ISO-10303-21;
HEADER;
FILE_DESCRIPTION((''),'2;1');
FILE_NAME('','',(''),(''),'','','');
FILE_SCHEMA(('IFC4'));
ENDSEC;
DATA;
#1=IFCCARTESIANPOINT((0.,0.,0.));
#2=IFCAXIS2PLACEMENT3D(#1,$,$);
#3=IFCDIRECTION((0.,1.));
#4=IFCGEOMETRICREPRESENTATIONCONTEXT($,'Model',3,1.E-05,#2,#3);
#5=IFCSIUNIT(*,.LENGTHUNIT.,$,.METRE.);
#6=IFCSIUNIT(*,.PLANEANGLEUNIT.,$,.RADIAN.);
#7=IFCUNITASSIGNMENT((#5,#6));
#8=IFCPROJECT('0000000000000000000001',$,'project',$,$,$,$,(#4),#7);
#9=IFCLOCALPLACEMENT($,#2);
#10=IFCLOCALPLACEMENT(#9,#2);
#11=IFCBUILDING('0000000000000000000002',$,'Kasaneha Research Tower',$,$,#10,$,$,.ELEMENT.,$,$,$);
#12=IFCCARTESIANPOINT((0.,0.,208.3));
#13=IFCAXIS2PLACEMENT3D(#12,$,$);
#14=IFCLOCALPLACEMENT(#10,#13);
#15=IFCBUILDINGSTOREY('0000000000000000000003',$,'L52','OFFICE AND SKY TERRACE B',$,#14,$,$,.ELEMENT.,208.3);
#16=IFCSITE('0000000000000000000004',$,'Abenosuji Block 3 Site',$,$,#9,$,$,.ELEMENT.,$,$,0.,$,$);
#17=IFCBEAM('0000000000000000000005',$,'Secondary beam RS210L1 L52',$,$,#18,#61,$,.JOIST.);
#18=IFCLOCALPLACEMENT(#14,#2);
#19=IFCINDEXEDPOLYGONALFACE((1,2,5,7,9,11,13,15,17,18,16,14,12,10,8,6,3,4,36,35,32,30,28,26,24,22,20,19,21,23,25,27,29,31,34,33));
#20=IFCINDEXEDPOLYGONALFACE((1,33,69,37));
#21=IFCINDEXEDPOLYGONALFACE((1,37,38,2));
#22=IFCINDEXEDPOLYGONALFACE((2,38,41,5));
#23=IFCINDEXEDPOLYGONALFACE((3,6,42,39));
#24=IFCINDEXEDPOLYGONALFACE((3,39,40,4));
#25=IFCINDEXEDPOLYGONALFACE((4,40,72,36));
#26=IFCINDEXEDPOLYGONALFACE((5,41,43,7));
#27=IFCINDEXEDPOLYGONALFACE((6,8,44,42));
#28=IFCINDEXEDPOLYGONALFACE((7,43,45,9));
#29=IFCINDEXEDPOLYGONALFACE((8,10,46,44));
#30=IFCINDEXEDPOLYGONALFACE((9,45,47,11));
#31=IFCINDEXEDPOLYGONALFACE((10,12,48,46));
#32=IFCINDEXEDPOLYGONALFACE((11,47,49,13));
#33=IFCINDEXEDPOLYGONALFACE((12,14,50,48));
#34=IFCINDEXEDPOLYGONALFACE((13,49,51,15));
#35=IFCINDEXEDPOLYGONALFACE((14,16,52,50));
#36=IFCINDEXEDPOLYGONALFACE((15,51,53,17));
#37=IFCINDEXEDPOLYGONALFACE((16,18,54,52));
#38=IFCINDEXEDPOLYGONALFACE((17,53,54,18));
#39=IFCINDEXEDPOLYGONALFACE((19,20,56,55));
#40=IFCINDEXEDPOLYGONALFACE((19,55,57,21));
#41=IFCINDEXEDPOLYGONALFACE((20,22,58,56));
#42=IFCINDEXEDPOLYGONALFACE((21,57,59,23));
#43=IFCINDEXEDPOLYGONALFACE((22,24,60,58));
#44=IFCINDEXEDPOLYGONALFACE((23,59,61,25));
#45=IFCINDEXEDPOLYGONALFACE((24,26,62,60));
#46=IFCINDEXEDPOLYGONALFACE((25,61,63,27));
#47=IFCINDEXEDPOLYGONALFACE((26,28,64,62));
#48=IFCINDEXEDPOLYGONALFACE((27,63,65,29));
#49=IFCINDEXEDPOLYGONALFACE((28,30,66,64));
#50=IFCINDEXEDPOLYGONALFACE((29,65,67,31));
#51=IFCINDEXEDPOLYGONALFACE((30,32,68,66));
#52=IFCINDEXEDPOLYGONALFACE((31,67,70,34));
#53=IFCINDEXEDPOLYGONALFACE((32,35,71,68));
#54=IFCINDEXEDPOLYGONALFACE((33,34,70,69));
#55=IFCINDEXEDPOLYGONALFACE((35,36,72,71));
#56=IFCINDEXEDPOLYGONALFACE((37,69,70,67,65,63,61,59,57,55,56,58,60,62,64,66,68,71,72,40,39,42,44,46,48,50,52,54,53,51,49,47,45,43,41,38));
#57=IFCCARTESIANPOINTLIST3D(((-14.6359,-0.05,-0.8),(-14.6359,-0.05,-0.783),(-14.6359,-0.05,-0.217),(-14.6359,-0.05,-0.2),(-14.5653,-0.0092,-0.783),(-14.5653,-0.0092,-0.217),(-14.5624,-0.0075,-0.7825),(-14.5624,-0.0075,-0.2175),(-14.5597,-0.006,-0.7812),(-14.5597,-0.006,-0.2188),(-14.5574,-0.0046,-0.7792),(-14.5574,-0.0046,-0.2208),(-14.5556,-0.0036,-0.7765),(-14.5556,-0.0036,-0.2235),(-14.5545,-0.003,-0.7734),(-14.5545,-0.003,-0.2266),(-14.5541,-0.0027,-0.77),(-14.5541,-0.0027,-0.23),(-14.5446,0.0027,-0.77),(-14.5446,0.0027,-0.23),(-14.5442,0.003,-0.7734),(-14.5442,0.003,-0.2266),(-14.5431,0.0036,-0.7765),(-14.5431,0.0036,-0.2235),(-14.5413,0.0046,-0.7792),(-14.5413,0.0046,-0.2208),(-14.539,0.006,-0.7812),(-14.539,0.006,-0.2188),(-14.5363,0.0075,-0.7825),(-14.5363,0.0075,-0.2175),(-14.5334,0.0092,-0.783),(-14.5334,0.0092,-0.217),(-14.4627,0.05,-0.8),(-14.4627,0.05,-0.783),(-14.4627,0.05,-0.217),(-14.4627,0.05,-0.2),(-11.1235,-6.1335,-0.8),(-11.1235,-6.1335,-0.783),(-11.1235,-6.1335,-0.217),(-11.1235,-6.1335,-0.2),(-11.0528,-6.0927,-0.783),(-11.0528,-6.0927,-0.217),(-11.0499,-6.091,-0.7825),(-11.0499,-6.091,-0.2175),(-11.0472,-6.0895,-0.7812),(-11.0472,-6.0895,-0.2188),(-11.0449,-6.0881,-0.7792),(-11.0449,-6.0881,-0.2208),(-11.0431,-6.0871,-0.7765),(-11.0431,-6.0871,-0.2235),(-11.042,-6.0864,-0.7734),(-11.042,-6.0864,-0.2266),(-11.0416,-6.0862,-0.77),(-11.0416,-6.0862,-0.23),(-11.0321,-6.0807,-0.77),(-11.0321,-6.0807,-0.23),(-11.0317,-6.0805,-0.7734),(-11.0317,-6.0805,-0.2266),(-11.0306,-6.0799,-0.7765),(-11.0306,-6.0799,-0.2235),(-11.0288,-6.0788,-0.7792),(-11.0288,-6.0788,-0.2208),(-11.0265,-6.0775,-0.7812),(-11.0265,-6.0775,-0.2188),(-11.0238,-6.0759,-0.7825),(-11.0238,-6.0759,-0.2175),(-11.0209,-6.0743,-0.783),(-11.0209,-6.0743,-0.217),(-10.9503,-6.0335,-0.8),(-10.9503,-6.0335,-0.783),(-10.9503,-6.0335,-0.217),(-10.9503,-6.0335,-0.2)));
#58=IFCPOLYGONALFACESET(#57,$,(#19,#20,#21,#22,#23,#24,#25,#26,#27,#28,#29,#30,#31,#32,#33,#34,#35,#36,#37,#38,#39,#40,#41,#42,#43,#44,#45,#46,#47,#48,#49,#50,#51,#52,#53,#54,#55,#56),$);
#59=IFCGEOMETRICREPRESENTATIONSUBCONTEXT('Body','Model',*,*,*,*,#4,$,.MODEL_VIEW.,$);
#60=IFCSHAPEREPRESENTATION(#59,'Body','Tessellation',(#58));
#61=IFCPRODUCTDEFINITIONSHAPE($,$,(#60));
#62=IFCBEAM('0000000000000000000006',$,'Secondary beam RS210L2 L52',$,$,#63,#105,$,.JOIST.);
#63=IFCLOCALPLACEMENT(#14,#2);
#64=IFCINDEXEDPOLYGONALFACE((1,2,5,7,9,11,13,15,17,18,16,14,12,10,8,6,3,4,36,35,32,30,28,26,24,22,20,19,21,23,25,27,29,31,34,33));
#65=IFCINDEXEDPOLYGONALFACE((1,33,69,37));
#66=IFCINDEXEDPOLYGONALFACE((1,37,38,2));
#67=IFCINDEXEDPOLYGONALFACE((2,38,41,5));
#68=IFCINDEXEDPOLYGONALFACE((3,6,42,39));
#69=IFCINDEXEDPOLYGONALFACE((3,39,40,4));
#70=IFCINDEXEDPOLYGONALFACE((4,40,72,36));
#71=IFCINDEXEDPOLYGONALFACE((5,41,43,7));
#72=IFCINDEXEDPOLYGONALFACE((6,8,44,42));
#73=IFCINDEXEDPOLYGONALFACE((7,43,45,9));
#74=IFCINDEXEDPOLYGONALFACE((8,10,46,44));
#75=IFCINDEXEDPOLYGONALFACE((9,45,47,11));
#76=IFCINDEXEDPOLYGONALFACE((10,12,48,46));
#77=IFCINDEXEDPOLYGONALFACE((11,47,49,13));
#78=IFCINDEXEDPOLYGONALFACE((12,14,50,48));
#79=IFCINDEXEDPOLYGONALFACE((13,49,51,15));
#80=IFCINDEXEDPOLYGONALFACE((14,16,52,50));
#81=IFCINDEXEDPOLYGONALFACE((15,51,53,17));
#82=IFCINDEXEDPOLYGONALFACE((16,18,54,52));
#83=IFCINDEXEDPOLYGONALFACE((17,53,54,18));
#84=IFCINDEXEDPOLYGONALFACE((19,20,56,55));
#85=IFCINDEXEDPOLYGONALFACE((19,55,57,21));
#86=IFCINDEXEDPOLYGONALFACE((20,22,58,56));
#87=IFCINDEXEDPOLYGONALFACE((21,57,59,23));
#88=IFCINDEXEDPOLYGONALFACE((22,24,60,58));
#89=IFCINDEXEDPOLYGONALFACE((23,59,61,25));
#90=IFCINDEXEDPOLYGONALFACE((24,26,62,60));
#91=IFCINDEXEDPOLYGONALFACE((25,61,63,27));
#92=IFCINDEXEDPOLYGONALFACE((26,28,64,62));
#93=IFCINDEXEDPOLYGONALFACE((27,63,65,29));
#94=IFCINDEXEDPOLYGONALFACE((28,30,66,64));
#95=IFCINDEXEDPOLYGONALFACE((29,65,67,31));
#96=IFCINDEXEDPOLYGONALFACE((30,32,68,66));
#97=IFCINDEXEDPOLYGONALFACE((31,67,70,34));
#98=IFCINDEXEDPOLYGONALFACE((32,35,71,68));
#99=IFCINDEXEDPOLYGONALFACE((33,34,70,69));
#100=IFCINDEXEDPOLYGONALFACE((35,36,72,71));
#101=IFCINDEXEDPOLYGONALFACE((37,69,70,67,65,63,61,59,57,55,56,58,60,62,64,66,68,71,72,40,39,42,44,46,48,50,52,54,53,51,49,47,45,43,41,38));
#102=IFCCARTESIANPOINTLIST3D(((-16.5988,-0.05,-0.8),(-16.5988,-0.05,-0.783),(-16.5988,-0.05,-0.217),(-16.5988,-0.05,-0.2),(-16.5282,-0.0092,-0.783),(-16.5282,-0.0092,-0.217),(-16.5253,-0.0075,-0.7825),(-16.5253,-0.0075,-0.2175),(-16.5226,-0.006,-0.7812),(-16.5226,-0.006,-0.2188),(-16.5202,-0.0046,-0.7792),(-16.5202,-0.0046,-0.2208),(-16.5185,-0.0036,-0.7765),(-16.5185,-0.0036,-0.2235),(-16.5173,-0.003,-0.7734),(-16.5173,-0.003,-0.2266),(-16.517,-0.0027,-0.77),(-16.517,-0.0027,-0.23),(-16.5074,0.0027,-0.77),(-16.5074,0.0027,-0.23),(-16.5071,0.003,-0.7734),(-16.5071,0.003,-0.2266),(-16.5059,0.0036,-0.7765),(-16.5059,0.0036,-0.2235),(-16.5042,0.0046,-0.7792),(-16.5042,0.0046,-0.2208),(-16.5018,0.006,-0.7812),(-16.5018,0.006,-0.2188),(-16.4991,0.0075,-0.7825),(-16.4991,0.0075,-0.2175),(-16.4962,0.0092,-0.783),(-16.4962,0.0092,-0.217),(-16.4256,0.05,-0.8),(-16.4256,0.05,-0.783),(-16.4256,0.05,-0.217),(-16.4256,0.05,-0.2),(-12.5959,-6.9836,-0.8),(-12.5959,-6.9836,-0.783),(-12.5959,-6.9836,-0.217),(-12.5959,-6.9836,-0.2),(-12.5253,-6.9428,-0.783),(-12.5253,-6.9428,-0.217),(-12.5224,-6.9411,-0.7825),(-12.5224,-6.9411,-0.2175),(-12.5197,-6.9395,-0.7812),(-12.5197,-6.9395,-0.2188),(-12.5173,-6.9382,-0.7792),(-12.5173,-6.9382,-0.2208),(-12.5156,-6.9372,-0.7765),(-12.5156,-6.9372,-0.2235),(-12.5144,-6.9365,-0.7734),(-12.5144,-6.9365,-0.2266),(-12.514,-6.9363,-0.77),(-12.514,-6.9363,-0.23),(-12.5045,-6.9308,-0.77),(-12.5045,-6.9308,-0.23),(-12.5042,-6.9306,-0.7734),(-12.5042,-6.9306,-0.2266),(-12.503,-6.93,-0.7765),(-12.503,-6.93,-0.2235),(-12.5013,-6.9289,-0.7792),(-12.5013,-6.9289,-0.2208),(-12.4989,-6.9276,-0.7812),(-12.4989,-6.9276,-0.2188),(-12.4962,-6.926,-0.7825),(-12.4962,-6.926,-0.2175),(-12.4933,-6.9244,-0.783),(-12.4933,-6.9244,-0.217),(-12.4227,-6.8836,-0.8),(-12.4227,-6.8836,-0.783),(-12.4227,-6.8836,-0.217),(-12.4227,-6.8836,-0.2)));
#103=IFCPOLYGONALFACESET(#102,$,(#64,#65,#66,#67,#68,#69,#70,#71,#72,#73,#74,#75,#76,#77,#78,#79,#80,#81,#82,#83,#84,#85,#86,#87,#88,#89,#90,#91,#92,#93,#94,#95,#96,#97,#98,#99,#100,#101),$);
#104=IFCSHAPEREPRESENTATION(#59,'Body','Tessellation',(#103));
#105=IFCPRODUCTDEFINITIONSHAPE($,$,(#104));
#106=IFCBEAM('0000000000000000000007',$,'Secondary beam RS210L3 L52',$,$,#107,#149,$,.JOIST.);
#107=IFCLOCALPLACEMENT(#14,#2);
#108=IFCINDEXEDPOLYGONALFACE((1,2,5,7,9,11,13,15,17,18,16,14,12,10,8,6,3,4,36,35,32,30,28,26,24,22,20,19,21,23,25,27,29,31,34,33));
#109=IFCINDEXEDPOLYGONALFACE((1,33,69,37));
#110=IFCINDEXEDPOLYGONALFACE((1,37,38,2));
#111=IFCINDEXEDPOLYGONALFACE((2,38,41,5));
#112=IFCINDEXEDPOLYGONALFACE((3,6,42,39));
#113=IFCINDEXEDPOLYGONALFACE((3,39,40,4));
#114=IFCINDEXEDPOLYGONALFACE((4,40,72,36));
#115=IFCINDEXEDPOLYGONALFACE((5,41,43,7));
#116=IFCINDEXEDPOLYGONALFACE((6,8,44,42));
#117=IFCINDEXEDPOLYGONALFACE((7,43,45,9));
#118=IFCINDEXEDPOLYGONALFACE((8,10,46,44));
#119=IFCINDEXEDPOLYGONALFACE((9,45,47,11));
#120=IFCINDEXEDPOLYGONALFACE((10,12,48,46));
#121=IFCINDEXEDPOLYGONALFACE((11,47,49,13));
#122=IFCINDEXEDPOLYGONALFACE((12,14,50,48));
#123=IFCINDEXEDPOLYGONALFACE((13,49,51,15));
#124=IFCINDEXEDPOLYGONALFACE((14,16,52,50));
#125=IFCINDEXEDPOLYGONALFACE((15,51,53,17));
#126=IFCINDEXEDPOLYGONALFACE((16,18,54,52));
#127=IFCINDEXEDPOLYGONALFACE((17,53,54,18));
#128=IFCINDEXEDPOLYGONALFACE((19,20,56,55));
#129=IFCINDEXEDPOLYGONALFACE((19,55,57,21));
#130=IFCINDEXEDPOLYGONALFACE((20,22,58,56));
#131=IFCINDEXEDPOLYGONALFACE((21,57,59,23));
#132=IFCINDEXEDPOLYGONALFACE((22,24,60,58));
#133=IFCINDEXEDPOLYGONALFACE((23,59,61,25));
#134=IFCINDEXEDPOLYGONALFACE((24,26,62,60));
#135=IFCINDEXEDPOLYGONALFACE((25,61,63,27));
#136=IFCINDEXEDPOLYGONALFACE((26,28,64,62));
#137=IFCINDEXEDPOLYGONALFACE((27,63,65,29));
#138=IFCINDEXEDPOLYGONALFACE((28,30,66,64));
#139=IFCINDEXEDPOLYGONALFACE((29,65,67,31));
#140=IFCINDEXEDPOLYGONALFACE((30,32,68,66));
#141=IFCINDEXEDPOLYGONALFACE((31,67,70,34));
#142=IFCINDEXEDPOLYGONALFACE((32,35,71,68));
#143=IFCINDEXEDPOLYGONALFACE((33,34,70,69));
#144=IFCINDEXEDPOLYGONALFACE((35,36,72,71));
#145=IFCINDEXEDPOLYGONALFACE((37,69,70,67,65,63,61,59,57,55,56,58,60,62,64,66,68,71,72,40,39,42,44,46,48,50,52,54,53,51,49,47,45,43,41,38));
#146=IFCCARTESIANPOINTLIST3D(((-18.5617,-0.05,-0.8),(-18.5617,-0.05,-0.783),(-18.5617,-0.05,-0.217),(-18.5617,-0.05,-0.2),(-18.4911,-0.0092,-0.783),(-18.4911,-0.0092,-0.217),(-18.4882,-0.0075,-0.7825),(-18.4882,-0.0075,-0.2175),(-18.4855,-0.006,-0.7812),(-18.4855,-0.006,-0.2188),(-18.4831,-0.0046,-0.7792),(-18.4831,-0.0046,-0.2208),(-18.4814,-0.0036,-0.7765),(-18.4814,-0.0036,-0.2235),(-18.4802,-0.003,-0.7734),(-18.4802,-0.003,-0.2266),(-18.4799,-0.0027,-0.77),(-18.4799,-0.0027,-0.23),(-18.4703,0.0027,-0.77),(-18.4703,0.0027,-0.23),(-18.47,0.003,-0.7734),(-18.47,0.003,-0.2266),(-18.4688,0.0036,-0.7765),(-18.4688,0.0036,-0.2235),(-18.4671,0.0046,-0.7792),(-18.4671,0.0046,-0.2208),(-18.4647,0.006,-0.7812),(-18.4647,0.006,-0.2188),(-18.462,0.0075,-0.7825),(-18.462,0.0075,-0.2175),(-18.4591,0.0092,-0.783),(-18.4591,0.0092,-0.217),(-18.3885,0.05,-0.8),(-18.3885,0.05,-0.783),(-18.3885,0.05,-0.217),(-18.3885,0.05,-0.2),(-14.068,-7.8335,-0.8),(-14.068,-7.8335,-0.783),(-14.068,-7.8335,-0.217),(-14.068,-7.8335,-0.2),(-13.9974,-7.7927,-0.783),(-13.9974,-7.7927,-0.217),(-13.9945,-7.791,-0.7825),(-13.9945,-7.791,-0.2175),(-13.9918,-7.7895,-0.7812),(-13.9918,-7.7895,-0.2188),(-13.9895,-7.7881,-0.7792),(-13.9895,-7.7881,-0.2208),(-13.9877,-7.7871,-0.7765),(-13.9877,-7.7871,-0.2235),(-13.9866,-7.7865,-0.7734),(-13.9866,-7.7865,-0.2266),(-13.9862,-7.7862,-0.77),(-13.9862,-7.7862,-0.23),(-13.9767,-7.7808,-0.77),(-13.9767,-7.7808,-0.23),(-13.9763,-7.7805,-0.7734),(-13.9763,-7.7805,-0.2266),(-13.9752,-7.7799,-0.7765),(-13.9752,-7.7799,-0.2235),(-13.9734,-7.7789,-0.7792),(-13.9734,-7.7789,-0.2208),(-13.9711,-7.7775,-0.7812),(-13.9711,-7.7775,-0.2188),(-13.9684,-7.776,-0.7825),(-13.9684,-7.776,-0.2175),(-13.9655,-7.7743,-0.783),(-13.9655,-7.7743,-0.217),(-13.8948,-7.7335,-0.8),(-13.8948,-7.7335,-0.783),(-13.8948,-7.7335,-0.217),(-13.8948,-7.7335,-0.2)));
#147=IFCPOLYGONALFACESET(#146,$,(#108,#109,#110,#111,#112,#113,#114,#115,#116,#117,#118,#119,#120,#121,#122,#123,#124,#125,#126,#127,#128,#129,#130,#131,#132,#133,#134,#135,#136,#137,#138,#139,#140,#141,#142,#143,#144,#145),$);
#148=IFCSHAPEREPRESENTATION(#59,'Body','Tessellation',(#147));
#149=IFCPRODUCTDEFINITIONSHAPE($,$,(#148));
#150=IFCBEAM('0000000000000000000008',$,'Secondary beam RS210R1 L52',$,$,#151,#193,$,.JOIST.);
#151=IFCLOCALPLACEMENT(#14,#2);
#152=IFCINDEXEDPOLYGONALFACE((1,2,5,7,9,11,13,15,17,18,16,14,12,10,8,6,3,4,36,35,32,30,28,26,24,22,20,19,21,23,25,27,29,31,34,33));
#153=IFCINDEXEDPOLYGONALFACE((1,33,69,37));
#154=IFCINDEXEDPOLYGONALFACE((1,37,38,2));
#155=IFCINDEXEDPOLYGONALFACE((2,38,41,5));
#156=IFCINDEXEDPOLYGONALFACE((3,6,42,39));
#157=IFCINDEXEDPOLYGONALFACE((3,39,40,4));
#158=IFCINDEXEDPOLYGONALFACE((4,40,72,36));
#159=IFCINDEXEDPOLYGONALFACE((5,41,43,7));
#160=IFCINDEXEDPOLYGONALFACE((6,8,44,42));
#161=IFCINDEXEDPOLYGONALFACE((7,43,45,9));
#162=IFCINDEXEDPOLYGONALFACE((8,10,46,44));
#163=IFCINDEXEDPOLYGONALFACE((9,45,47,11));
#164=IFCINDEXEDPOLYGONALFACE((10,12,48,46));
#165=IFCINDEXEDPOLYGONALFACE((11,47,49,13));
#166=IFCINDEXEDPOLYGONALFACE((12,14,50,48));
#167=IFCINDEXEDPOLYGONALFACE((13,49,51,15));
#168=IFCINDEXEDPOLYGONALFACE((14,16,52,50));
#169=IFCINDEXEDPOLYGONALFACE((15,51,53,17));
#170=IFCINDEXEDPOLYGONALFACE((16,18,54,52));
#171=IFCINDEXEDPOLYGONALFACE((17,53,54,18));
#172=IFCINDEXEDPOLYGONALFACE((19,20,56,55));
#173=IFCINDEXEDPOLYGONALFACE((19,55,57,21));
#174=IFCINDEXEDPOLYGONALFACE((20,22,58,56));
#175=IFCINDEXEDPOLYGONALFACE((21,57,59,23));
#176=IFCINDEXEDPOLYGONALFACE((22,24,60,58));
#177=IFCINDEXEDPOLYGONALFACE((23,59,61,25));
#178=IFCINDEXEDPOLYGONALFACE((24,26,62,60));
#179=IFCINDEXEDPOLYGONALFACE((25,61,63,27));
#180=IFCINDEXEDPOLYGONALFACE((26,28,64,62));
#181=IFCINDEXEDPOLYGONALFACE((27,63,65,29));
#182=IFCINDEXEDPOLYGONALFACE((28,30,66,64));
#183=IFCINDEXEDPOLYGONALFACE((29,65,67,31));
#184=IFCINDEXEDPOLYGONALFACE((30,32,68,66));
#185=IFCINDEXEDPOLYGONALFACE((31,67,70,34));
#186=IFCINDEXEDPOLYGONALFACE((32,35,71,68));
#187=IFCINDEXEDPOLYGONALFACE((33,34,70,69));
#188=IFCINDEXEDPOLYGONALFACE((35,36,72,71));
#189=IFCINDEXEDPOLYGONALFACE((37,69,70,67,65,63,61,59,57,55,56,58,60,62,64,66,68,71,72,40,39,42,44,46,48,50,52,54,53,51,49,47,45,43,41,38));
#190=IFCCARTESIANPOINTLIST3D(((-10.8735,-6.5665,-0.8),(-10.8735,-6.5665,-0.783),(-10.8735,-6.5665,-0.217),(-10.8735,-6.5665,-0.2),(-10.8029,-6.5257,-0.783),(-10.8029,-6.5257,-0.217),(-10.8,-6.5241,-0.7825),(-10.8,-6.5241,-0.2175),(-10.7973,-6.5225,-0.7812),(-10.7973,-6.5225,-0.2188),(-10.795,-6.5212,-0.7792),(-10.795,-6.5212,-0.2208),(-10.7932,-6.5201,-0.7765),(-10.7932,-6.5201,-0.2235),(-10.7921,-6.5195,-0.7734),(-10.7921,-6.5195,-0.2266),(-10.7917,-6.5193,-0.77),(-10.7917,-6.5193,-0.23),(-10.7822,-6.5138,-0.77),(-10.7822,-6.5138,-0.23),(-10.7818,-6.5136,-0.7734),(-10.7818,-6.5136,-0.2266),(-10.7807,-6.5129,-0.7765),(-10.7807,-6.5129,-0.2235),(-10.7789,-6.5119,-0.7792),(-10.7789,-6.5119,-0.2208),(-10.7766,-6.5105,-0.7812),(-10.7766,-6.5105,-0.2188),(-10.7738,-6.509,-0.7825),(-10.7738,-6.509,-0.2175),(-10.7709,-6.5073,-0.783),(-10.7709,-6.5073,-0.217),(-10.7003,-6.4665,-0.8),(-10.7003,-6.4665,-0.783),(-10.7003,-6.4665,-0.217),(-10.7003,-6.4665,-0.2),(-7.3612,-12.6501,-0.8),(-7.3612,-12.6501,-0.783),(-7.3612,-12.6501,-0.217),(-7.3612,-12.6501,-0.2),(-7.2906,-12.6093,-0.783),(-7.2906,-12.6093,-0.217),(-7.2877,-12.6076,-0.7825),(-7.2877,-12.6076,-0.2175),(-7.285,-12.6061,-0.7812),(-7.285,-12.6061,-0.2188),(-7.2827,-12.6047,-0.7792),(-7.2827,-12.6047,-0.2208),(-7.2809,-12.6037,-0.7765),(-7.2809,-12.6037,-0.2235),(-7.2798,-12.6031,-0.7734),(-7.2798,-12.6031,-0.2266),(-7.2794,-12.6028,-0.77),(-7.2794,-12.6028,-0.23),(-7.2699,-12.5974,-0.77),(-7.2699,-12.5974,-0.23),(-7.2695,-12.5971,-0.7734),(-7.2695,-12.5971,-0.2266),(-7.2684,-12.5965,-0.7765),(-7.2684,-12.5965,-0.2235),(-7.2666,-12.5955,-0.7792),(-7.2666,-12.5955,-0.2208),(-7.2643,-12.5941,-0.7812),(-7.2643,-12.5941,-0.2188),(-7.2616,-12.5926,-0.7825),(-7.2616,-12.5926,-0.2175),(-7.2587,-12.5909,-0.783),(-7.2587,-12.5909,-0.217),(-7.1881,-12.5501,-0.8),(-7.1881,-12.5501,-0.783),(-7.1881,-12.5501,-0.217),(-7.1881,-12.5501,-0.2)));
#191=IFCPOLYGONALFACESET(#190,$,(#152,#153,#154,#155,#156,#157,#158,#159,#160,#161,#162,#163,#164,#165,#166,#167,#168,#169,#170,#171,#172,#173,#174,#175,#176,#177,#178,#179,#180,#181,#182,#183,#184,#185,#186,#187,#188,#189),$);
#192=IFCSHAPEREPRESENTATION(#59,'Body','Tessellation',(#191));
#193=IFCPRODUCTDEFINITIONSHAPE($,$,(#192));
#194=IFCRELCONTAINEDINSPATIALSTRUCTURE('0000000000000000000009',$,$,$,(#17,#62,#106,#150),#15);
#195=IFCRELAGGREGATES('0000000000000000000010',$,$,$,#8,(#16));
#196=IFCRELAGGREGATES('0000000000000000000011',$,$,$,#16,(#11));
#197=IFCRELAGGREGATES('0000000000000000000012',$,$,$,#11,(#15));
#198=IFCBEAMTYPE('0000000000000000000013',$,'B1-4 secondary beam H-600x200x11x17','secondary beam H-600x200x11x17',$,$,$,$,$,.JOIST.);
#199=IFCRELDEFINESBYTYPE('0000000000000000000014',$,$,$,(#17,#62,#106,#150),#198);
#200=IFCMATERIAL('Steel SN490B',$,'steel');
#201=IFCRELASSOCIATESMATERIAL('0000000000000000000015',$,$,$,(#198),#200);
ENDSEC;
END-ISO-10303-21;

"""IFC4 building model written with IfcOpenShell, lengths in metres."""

from ifc_helpers import new_model, si_unit, direction, frame, origin, origin_2d, place, context, subcontext, project, spatial, i_section, extrude, material, material_profile, profile_set, type_object, element, save


model = new_model("IFC4")

# Units and contexts
model_context = context("Model", 3, precision=1e-05, world=origin(), true_north=direction((0.0, 1.0)))
body_context = subcontext(model_context, "Body", "Model", "MODEL_VIEW")
ifc_project = project(units=[si_unit("LENGTHUNIT", "METRE"), si_unit("PLANEANGLEUNIT", "RADIAN")], contexts=[model_context])

# Site, building, storey
site_placement = place(None, origin())
site = spatial("IfcSite", under=ifc_project, at=site_placement, Name="Abenosuji Block 3 Site", CompositionType="ELEMENT", RefElevation=0.0)
building_placement = place(site_placement, origin())
building = spatial("IfcBuilding", under=site, at=building_placement, Name="Kasaneha Research Tower", CompositionType="ELEMENT")
storey_placement = place(building_placement, frame((0.0, 0.0, 208.3)))
storey = spatial("IfcBuildingStorey", under=building, at=storey_placement, Name="L52", Description="OFFICE AND SKY TERRACE B", CompositionType="ELEMENT", Elevation=208.3)

# Beams
ifc_material = material(Name="Steel SN490B", Category="steel")
ifc_material_profile = material_profile(ifc_material, i_section(OverallWidth=0.2, OverallDepth=0.6001, WebThickness=0.011, FlangeThickness=0.0171, FilletRadius=0.0129, at=origin_2d()), Name="H-600x200x11x17")
ifc_profile_set = profile_set([ifc_material_profile], Name="Steel SN490B")
beam_type = type_object("IfcBeamType", Name="B1-4 secondary beam H-600x200x11x17", Description="secondary beam H-600x200x11x17", PredefinedType="JOIST", material=ifc_profile_set)
beam_1_placement = place(storey_placement, frame((-14.5493, 0.0, -0.5), z_axis=(0.500015, -0.866017, 0.0), x_axis=(0.866017, 0.500015, 0.0)))
element("IfcBeam", 1, at=beam_1_placement, inside=storey, type_object=beam_type, Name="Secondary beam RS210L1 L52", PredefinedType="JOIST", context=body_context, shape_type="SweptSolid", body=[
    extrude(i_section(OverallWidth=0.2, OverallDepth=0.6001, WebThickness=0.011, FlangeThickness=0.0171, FilletRadius=0.0129, at=origin_2d()), origin(), (0.0, 0.0, 1.0), 7.0247),
])
beam_2_placement = place(storey_placement, frame((-16.5122, 0.0, -0.5), z_axis=(0.499983, -0.866035, 0.0), x_axis=(0.866035, 0.499983, 0.0)))
element("IfcBeam", 2, at=beam_2_placement, inside=storey, type_object=beam_type, Name="Secondary beam RS210L2 L52", PredefinedType="JOIST", context=body_context, shape_type="SweptSolid", body=[
    extrude(i_section(OverallWidth=0.2, OverallDepth=0.6001, WebThickness=0.011, FlangeThickness=0.0171, FilletRadius=0.0129, at=origin_2d()), origin(), (0.0, 0.0, 1.0), 8.0061),
])
beam_3_placement = place(storey_placement, frame((-18.4751, 0.0, -0.5), z_axis=(0.49999, -0.866031, 0.0), x_axis=(0.866031, 0.49999, 0.0)))
element("IfcBeam", 3, at=beam_3_placement, inside=storey, type_object=beam_type, Name="Secondary beam RS210L3 L52", PredefinedType="JOIST", context=body_context, shape_type="SweptSolid", body=[
    extrude(i_section(OverallWidth=0.2, OverallDepth=0.6001, WebThickness=0.011, FlangeThickness=0.0171, FilletRadius=0.0129, at=origin_2d()), origin(), (0.0, 0.0, 1.0), 8.9875),
])
beam_4_placement = place(storey_placement, frame((-7.2747, -12.6001, -0.5), z_axis=(-0.499989, 0.866032, 0.0), x_axis=(-0.866032, -0.499989, 0.0)))
element("IfcBeam", 4, at=beam_4_placement, inside=storey, type_object=beam_type, Name="Secondary beam RS210R1 L52", PredefinedType="JOIST", context=body_context, shape_type="SweptSolid", body=[
    extrude(i_section(OverallWidth=0.2, OverallDepth=0.6001, WebThickness=0.011, FlangeThickness=0.0171, FilletRadius=0.0129, at=origin_2d()), origin(), (0.0, 0.0, 1.0), 7.0247),
])

save(model, "model.ifc")
